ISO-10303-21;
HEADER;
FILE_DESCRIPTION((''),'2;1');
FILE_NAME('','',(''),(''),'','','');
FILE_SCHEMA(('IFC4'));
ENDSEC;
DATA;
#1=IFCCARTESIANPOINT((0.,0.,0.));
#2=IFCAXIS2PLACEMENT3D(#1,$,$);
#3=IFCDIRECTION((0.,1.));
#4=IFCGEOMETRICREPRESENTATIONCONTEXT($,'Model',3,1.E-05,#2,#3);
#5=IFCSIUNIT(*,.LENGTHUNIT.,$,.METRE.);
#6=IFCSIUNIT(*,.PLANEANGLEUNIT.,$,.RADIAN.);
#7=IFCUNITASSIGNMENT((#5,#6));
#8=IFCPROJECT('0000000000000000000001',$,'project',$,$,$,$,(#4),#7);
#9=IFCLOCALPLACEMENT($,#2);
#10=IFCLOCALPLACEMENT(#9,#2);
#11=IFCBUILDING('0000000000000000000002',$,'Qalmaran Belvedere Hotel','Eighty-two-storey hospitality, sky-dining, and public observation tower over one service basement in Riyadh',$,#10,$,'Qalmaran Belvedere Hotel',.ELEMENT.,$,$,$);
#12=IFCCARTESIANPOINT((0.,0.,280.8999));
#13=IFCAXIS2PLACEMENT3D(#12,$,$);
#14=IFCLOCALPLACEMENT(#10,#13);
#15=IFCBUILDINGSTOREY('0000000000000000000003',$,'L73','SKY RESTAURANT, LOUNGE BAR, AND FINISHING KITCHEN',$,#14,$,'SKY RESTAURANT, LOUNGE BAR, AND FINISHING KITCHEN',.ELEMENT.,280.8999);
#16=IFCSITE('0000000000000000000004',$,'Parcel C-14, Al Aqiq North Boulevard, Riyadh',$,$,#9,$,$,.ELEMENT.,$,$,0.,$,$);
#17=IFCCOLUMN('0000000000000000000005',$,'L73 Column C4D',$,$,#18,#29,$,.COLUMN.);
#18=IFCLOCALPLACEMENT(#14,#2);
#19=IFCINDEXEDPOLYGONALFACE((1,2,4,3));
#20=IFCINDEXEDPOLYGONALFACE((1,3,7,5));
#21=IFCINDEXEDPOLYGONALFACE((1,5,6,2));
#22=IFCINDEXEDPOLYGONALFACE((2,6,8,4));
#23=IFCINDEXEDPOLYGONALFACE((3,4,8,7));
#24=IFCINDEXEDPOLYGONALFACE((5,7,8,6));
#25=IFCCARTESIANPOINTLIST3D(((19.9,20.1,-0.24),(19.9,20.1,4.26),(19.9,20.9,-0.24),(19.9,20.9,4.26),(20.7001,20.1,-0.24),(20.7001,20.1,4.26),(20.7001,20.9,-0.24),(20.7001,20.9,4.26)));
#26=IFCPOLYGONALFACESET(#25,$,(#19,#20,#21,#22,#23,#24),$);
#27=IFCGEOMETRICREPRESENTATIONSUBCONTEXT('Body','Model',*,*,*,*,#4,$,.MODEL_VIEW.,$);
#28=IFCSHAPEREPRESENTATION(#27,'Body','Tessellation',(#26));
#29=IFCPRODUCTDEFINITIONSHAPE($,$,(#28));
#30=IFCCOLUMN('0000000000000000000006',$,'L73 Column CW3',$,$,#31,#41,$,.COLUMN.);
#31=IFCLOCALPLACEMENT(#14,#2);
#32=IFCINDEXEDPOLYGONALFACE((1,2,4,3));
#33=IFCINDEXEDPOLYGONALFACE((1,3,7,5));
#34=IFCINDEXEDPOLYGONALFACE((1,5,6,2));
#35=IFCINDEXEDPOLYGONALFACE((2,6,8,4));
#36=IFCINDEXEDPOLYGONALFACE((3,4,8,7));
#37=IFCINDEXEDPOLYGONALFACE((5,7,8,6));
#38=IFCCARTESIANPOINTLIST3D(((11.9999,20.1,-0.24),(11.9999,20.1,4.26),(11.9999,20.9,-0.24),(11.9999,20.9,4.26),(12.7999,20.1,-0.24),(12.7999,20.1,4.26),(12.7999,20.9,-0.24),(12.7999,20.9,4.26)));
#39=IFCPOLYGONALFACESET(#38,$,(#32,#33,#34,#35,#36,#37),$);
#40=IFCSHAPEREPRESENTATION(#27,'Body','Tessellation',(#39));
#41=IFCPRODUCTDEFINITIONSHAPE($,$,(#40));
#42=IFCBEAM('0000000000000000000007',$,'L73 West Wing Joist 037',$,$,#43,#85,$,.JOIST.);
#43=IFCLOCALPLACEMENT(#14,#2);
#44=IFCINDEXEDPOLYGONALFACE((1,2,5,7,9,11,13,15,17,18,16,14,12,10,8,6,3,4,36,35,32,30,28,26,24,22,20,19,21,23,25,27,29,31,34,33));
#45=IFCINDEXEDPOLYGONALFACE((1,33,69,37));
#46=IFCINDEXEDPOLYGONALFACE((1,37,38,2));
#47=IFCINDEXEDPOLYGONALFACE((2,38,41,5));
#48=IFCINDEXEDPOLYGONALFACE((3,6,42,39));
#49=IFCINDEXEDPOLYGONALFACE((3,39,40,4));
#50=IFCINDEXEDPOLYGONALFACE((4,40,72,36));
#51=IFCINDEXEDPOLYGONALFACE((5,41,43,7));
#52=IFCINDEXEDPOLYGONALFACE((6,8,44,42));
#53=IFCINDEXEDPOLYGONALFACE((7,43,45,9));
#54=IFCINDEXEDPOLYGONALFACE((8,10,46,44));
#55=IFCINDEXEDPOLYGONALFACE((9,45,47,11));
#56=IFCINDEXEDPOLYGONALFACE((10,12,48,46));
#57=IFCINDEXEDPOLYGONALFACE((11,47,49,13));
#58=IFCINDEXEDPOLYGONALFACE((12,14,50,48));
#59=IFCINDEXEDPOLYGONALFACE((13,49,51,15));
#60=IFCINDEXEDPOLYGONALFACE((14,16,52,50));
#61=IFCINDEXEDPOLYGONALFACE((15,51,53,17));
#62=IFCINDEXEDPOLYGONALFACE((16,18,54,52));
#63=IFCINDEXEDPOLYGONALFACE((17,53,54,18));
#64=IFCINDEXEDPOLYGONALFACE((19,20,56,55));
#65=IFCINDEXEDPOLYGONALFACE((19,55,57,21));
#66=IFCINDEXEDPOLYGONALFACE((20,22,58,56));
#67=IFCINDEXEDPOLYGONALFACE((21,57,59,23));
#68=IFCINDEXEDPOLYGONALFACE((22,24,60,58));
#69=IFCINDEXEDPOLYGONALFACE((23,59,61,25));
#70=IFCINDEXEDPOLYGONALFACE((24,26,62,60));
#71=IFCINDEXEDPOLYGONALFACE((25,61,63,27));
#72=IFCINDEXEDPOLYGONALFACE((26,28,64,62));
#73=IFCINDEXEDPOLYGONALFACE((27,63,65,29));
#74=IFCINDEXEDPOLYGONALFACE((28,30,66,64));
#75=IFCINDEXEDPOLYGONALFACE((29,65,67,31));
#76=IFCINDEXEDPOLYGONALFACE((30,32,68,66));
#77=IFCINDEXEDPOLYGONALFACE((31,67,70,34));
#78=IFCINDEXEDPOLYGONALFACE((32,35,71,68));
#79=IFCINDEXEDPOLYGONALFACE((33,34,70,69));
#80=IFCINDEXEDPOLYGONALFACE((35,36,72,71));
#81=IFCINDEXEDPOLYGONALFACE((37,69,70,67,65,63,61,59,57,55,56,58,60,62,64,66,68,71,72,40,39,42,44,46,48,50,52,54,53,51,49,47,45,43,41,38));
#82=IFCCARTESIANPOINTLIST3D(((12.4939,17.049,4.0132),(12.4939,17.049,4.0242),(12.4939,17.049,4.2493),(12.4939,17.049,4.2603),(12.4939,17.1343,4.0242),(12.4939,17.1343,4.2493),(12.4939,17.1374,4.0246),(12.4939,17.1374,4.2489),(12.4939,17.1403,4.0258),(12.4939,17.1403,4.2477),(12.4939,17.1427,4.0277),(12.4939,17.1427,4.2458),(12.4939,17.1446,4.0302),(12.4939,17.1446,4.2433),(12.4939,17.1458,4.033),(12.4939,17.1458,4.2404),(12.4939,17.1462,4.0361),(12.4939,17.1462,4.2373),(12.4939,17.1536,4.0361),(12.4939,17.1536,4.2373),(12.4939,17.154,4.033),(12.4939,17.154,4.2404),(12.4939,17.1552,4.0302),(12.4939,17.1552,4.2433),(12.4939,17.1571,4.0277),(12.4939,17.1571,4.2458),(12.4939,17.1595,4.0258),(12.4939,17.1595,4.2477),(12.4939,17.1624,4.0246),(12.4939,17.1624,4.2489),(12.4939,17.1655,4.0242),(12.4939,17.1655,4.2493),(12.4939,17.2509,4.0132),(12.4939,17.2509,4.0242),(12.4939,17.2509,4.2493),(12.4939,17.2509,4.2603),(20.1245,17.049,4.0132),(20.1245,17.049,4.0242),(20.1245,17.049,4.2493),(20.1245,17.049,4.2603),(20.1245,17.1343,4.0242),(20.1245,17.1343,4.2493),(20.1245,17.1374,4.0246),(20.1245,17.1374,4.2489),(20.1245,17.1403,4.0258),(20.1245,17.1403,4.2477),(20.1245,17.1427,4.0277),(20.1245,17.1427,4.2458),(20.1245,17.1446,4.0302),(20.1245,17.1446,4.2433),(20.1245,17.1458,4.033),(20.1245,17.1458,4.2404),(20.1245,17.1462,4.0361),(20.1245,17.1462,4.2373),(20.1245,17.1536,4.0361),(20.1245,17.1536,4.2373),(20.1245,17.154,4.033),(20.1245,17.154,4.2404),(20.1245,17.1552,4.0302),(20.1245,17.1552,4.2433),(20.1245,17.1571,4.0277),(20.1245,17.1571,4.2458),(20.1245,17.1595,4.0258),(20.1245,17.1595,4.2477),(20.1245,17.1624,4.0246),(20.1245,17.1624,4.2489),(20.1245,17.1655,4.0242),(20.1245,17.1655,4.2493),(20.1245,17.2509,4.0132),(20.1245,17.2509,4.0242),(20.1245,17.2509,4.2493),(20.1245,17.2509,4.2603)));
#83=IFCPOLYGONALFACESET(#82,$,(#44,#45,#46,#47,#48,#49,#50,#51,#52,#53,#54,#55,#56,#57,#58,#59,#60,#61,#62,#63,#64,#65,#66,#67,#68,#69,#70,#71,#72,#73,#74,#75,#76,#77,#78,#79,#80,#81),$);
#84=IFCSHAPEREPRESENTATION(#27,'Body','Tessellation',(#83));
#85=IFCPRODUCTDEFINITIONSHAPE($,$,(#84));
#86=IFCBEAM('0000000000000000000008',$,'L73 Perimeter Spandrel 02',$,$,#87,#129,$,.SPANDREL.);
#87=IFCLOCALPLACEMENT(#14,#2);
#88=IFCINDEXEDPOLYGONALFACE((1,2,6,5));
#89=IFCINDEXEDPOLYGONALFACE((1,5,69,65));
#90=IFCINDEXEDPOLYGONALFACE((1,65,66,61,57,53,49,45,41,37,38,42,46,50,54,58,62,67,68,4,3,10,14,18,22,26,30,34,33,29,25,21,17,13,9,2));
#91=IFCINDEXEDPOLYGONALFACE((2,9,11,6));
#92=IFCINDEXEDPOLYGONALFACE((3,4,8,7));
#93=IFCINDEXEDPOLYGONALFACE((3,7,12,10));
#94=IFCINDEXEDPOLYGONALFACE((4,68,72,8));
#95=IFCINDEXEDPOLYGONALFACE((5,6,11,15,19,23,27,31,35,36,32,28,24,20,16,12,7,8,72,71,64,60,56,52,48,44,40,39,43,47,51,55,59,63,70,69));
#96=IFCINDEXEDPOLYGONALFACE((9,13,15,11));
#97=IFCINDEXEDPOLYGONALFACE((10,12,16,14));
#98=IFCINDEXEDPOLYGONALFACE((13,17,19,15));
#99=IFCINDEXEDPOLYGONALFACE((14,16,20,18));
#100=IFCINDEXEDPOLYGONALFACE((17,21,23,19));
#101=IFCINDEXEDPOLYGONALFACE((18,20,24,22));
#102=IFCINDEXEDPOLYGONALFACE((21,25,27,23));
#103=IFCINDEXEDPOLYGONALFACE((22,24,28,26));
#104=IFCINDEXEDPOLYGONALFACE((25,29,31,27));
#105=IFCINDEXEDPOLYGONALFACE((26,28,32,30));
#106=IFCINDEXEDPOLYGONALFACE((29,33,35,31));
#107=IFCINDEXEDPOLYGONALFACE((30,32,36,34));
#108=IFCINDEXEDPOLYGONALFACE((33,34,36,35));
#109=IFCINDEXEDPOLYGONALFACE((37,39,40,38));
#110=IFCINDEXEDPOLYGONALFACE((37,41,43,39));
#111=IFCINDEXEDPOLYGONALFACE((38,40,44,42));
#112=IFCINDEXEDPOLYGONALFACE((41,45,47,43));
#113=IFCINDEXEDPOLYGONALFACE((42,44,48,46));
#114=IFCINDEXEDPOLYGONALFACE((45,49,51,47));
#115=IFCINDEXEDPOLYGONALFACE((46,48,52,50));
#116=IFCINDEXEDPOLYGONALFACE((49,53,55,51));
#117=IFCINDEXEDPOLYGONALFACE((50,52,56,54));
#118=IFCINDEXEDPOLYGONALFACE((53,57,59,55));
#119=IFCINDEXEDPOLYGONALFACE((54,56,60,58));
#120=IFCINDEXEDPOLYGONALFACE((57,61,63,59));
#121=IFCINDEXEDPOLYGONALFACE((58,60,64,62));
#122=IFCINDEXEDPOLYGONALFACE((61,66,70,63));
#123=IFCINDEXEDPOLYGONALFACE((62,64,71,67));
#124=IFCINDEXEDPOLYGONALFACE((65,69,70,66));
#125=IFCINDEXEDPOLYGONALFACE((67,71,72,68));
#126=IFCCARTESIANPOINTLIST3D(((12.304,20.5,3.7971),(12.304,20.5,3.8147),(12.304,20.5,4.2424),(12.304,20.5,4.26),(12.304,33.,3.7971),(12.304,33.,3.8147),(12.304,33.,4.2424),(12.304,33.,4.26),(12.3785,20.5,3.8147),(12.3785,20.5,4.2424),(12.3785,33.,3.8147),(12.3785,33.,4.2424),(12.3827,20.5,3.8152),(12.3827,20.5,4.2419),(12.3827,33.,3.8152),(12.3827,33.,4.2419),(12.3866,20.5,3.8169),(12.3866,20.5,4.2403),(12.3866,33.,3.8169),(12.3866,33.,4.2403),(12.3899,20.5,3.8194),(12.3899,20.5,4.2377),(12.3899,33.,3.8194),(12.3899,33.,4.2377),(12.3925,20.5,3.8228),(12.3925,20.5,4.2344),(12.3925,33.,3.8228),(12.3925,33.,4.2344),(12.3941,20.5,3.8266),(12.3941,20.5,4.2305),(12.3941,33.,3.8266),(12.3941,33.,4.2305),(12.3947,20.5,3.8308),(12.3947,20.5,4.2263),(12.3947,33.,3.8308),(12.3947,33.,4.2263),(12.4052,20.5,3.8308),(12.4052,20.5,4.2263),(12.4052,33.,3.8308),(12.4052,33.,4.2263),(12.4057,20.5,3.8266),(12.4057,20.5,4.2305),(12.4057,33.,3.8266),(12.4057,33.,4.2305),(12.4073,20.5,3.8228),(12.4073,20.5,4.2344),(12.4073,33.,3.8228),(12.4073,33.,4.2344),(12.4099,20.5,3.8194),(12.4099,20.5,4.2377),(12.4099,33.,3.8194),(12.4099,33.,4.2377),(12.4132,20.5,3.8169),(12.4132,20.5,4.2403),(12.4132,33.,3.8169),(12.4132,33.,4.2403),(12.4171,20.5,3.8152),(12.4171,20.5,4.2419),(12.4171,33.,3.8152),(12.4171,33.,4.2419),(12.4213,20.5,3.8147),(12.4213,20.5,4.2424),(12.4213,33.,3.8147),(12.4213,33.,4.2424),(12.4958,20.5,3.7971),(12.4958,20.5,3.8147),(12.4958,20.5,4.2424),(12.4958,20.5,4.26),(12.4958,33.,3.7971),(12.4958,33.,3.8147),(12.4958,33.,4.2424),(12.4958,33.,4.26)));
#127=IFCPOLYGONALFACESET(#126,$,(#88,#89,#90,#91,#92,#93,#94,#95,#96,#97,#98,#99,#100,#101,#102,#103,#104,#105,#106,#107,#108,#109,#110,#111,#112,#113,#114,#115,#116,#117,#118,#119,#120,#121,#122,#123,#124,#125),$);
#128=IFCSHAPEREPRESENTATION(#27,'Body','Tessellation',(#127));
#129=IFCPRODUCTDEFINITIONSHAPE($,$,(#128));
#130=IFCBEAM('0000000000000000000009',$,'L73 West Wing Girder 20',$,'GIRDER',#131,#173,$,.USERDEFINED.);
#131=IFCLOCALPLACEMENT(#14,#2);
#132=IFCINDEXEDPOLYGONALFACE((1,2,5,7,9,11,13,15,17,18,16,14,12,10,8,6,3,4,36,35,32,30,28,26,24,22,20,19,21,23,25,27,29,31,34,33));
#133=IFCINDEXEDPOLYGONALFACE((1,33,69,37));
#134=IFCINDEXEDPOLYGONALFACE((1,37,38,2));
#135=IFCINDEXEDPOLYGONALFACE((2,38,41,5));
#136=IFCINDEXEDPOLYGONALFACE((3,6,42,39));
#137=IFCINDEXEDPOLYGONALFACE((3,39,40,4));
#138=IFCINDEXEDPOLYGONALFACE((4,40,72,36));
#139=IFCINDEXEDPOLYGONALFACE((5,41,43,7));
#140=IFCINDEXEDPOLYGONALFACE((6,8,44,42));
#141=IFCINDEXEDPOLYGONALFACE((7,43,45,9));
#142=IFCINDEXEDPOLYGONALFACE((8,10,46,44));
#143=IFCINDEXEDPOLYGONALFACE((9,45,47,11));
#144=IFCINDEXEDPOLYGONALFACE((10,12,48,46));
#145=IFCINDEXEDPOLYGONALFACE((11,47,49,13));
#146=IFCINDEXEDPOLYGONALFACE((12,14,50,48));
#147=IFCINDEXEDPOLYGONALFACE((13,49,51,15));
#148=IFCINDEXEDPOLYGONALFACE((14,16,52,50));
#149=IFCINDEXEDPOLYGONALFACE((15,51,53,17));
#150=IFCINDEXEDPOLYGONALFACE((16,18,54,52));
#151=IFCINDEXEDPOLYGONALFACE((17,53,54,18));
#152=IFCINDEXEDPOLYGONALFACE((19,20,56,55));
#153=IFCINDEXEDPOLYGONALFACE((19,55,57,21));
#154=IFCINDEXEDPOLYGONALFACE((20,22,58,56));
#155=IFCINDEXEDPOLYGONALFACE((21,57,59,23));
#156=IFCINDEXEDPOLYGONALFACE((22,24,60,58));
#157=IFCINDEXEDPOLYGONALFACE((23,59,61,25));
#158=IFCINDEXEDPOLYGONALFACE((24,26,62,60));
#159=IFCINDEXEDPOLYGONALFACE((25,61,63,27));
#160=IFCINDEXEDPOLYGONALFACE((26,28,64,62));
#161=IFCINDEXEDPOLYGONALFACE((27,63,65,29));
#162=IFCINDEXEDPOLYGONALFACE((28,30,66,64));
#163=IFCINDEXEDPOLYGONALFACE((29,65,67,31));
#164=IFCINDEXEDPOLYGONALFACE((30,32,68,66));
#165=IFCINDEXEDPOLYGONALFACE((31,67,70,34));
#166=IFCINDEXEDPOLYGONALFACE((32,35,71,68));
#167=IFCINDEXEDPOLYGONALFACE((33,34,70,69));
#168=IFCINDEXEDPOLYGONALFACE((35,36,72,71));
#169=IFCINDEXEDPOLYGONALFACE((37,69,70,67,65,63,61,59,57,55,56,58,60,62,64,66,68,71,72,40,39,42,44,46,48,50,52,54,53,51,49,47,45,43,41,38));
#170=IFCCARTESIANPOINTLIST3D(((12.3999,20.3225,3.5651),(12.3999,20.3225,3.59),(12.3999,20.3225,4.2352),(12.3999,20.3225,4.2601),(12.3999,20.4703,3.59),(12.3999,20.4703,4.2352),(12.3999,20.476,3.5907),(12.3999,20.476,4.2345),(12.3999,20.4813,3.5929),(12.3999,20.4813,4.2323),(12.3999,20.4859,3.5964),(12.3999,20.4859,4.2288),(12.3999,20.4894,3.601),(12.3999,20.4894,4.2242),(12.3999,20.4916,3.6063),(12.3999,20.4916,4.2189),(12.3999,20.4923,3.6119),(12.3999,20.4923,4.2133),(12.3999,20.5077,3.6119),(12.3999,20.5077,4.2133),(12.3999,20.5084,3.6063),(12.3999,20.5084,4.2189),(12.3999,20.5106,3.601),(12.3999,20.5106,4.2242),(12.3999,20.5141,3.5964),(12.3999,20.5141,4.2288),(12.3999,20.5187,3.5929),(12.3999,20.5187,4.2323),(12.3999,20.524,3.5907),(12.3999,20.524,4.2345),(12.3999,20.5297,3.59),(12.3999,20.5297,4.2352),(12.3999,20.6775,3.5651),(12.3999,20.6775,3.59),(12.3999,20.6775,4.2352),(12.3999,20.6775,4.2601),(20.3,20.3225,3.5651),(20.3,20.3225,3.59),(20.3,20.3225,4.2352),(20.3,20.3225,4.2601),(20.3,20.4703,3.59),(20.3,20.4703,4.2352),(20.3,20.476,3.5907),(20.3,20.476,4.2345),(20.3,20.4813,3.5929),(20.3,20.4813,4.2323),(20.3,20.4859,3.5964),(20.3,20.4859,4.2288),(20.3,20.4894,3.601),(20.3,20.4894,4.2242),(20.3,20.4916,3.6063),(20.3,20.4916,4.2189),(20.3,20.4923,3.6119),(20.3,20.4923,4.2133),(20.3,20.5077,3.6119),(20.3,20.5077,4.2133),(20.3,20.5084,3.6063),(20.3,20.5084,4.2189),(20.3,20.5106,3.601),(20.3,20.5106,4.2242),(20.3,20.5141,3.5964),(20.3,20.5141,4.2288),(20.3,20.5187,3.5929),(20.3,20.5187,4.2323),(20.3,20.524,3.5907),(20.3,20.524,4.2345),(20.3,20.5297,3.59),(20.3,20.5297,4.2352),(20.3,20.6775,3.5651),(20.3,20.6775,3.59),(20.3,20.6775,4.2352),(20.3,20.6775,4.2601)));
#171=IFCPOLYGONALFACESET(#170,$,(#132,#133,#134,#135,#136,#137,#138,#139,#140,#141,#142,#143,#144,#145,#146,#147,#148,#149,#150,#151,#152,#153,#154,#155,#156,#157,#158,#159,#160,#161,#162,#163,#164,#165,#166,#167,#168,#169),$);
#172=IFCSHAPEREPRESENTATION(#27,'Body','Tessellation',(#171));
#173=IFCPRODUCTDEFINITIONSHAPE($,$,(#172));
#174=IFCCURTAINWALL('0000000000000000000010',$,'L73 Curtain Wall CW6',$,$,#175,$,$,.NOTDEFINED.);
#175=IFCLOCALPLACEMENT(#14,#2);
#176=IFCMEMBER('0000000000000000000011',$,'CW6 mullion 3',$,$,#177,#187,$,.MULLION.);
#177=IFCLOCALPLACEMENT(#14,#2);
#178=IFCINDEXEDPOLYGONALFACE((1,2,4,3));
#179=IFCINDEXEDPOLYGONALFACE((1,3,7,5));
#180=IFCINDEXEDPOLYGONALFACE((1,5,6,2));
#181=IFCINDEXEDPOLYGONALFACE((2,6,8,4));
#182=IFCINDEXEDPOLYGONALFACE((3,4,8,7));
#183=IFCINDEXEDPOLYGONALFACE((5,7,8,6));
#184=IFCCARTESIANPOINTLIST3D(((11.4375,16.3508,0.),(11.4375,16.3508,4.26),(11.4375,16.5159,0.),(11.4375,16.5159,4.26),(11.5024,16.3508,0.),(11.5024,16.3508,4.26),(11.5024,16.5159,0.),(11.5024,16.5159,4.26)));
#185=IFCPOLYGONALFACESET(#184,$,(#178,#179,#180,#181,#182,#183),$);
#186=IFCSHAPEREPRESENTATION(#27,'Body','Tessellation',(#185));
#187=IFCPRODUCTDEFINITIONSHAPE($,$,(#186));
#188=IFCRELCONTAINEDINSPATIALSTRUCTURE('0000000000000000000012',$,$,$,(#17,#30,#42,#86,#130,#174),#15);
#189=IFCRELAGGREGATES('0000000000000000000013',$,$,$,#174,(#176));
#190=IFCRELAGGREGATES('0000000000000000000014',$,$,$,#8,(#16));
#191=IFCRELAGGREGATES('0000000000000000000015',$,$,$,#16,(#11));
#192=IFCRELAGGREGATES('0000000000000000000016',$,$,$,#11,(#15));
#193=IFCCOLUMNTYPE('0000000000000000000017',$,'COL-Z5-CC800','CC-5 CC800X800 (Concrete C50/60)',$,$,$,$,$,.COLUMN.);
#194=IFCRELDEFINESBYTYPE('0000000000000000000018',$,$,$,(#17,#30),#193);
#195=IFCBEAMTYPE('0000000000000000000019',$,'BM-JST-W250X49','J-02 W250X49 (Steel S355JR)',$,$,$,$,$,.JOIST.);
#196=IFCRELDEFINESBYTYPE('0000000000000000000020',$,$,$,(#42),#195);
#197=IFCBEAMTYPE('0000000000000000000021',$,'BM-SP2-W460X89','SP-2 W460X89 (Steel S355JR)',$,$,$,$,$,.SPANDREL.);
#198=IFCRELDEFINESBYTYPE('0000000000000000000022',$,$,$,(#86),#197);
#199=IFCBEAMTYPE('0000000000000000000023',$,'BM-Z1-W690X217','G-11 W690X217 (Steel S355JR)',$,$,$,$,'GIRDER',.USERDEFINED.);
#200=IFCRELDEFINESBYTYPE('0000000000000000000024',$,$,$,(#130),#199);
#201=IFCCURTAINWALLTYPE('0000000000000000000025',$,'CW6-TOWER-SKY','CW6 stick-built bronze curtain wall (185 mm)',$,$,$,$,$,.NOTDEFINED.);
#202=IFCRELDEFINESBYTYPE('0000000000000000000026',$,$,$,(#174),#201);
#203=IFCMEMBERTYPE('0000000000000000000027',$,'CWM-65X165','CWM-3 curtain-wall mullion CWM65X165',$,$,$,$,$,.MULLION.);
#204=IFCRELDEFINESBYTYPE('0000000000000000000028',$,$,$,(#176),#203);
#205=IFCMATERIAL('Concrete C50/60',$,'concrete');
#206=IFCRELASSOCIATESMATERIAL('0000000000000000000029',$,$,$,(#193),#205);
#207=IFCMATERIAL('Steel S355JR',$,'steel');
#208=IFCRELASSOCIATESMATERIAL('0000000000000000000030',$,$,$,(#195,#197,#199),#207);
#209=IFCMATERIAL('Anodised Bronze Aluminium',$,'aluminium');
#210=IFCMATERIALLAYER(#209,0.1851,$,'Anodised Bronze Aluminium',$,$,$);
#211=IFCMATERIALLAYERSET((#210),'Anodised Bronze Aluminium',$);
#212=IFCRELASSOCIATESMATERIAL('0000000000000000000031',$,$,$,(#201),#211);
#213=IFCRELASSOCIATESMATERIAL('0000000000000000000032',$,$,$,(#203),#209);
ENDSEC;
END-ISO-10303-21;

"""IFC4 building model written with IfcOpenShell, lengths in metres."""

from ifc_helpers import new_model, si_unit, direction, frame, origin, origin_2d, place, context, subcontext, project, spatial, rectangle, i_section, extrude, material, layer, layer_set, material_profile, profile_set, type_object, element, aggregate, save


model = new_model("IFC4")

# Units and contexts
model_context = context("Model", 3, precision=1e-05, world=origin(), true_north=direction((0.0, 1.0)))
body_context = subcontext(model_context, "Body", "Model", "MODEL_VIEW")
ifc_project = project(units=[si_unit("LENGTHUNIT", "METRE"), si_unit("PLANEANGLEUNIT", "RADIAN")], contexts=[model_context])

# Site, building, storey
site_placement = place(None, origin())
site = spatial("IfcSite", under=ifc_project, at=site_placement, Name="Parcel C-14, Al Aqiq North Boulevard, Riyadh", CompositionType="ELEMENT", RefElevation=0.0)
building_placement = place(site_placement, origin())
building = spatial("IfcBuilding", under=site, at=building_placement, Name="Qalmaran Belvedere Hotel", Description="Eighty-two-storey hospitality, sky-dining, and public observation tower over one service basement in Riyadh", LongName="Qalmaran Belvedere Hotel", CompositionType="ELEMENT")
storey_placement = place(building_placement, frame((0.0, 0.0, 280.8999)))
storey = spatial("IfcBuildingStorey", under=building, at=storey_placement, Name="L73", Description="SKY RESTAURANT, LOUNGE BAR, AND FINISHING KITCHEN", LongName="SKY RESTAURANT, LOUNGE BAR, AND FINISHING KITCHEN", CompositionType="ELEMENT", Elevation=280.8999)

# Columns
ifc_material_1 = material(Name="Concrete C50/60", Category="concrete")
ifc_material_profile_1 = material_profile(ifc_material_1, rectangle(XDim=0.8, YDim=0.8, at=origin_2d()), Name="CC800X800")
ifc_profile_set_1 = profile_set([ifc_material_profile_1], Name="Concrete C50/60")
column_type = type_object("IfcColumnType", Name="COL-Z5-CC800", Description="CC-5 CC800X800 (Concrete C50/60)", PredefinedType="COLUMN", material=ifc_profile_set_1)
for number, where, z_axis, x_axis, name in (
    (1, (20.3, 20.5, -0.24), (0.0, 0.0, 1.0), (1.0, 0.0, 0.0), "L73 Column C4D"),
    (2, (12.3999, 20.5, -0.24), (0.0, 0.0, 1.0), (1.0, 0.0, 0.0), "L73 Column CW3"),
):
    element("IfcColumn", number, at=place(storey_placement, frame(where, z_axis=z_axis, x_axis=x_axis)), inside=storey, type_object=column_type, Name=name, PredefinedType="COLUMN", context=body_context, shape_type="SweptSolid", body=[
        extrude(rectangle(XDim=0.8, YDim=0.8, at=origin_2d()), origin(), (0.0, 0.0, 1.0), 4.5),
    ])

# Beams
ifc_material_2 = material(Name="Steel S355JR", Category="steel")
ifc_material_profile_2 = material_profile(ifc_material_2, i_section(OverallWidth=0.2019, OverallDepth=0.2471, WebThickness=0.0073, FlangeThickness=0.011, FilletRadius=0.012, at=origin_2d()), Name="W250X49")
ifc_profile_set_2 = profile_set([ifc_material_profile_2], Name="Steel S355JR")
beam_type_1 = type_object("IfcBeamType", Name="BM-JST-W250X49", Description="J-02 W250X49 (Steel S355JR)", PredefinedType="JOIST", material=ifc_profile_set_2)
beam_1_placement = place(storey_placement, frame((12.4939, 17.1499, 4.1367), z_axis=(1.0, 0.0, 0.0), x_axis=(0.0, 1.0, 0.0)))
element("IfcBeam", 3, at=beam_1_placement, inside=storey, type_object=beam_type_1, Name="L73 West Wing Joist 037", PredefinedType="JOIST", context=body_context, shape_type="SweptSolid", body=[
    extrude(i_section(OverallWidth=0.2019, OverallDepth=0.2471, WebThickness=0.0073, FlangeThickness=0.011, FilletRadius=0.012, at=origin_2d()), origin(), (0.0, 0.0, 1.0), 7.6306),
])
ifc_material_profile_3 = material_profile(ifc_material_2, i_section(OverallWidth=0.1919, OverallDepth=0.4629, WebThickness=0.0105, FlangeThickness=0.0176, FilletRadius=0.0161, at=origin_2d()), Name="W460X89")
ifc_profile_set_3 = profile_set([ifc_material_profile_3], Name="Steel S355JR")
beam_type_2 = type_object("IfcBeamType", Name="BM-SP2-W460X89", Description="SP-2 W460X89 (Steel S355JR)", PredefinedType="SPANDREL", material=ifc_profile_set_3)
beam_2_placement = place(storey_placement, frame((12.3999, 20.5, 4.0286), z_axis=(0.0, 1.0, 0.0), x_axis=(-1.0, 0.0, 0.0)))
element("IfcBeam", 4, at=beam_2_placement, inside=storey, type_object=beam_type_2, Name="L73 Perimeter Spandrel 02", PredefinedType="SPANDREL", context=body_context, shape_type="SweptSolid", body=[
    extrude(i_section(OverallWidth=0.1919, OverallDepth=0.4629, WebThickness=0.0105, FlangeThickness=0.0176, FilletRadius=0.0161, at=origin_2d()), origin(), (0.0, 0.0, 1.0), 12.5),
])
ifc_material_profile_4 = material_profile(ifc_material_2, i_section(OverallWidth=0.355, OverallDepth=0.6951, WebThickness=0.0154, FlangeThickness=0.0249, FilletRadius=0.022, at=origin_2d()), Name="W690X217")
ifc_profile_set_4 = profile_set([ifc_material_profile_4], Name="Steel S355JR")
beam_type_3 = type_object("IfcBeamType", Name="BM-Z1-W690X217", Description="G-11 W690X217 (Steel S355JR)", ElementType="GIRDER", PredefinedType="USERDEFINED", material=ifc_profile_set_4)
beam_3_placement = place(storey_placement, frame((12.3999, 20.5, 3.9126), z_axis=(1.0, 0.0, 0.0), x_axis=(0.0, 1.0, 0.0)))
element("IfcBeam", 5, at=beam_3_placement, inside=storey, type_object=beam_type_3, Name="L73 West Wing Girder 20", ObjectType="GIRDER", PredefinedType="USERDEFINED", context=body_context, shape_type="SweptSolid", body=[
    extrude(i_section(OverallWidth=0.355, OverallDepth=0.6951, WebThickness=0.0154, FlangeThickness=0.0249, FilletRadius=0.022, at=origin_2d()), origin(), (0.0, 0.0, 1.0), 7.9001),
])

# Curtain wall, member
ifc_material_3 = material(Name="Anodised Bronze Aluminium", Category="aluminium")
ifc_layer_1 = layer(ifc_material_3, 0.1851, Name="Anodised Bronze Aluminium")
ifc_layer_set_1 = layer_set([ifc_layer_1], Name="Anodised Bronze Aluminium")
curtain_wall_type = type_object("IfcCurtainWallType", Name="CW6-TOWER-SKY", Description="CW6 stick-built bronze curtain wall (185 mm)", PredefinedType="NOTDEFINED", material=ifc_layer_set_1)
curtain_wall_placement = place(storey_placement, origin())
curtain_wall = element("IfcCurtainWall", 6, at=curtain_wall_placement, inside=storey, type_object=curtain_wall_type, Name="L73 Curtain Wall CW6", PredefinedType="NOTDEFINED")
ifc_material_profile_5 = material_profile(ifc_material_3, rectangle(XDim=0.0649, YDim=0.165, at=origin_2d()), Name="CWM65X165")
ifc_profile_set_5 = profile_set([ifc_material_profile_5], Name="Anodised Bronze Aluminium")
member_type_1 = type_object("IfcMemberType", Name="CWM-65X165", Description="CWM-3 curtain-wall mullion CWM65X165", PredefinedType="MULLION", material=ifc_profile_set_5)
member_1_placement = place(storey_placement, frame((11.47, 16.4333, 0.0), z_axis=(0.0, 0.0, 1.0), x_axis=(1.0, 0.0, 0.0)))
member_1 = element("IfcMember", 7, at=member_1_placement, type_object=member_type_1, Name="CW6 mullion 3", PredefinedType="MULLION", context=body_context, shape_type="SweptSolid", body=[
    extrude(rectangle(XDim=0.0649, YDim=0.165, at=origin_2d()), origin(), (0.0, 0.0, 1.0), 4.26),
])
aggregate(curtain_wall, [member_1])

save(model, "model.ifc")
